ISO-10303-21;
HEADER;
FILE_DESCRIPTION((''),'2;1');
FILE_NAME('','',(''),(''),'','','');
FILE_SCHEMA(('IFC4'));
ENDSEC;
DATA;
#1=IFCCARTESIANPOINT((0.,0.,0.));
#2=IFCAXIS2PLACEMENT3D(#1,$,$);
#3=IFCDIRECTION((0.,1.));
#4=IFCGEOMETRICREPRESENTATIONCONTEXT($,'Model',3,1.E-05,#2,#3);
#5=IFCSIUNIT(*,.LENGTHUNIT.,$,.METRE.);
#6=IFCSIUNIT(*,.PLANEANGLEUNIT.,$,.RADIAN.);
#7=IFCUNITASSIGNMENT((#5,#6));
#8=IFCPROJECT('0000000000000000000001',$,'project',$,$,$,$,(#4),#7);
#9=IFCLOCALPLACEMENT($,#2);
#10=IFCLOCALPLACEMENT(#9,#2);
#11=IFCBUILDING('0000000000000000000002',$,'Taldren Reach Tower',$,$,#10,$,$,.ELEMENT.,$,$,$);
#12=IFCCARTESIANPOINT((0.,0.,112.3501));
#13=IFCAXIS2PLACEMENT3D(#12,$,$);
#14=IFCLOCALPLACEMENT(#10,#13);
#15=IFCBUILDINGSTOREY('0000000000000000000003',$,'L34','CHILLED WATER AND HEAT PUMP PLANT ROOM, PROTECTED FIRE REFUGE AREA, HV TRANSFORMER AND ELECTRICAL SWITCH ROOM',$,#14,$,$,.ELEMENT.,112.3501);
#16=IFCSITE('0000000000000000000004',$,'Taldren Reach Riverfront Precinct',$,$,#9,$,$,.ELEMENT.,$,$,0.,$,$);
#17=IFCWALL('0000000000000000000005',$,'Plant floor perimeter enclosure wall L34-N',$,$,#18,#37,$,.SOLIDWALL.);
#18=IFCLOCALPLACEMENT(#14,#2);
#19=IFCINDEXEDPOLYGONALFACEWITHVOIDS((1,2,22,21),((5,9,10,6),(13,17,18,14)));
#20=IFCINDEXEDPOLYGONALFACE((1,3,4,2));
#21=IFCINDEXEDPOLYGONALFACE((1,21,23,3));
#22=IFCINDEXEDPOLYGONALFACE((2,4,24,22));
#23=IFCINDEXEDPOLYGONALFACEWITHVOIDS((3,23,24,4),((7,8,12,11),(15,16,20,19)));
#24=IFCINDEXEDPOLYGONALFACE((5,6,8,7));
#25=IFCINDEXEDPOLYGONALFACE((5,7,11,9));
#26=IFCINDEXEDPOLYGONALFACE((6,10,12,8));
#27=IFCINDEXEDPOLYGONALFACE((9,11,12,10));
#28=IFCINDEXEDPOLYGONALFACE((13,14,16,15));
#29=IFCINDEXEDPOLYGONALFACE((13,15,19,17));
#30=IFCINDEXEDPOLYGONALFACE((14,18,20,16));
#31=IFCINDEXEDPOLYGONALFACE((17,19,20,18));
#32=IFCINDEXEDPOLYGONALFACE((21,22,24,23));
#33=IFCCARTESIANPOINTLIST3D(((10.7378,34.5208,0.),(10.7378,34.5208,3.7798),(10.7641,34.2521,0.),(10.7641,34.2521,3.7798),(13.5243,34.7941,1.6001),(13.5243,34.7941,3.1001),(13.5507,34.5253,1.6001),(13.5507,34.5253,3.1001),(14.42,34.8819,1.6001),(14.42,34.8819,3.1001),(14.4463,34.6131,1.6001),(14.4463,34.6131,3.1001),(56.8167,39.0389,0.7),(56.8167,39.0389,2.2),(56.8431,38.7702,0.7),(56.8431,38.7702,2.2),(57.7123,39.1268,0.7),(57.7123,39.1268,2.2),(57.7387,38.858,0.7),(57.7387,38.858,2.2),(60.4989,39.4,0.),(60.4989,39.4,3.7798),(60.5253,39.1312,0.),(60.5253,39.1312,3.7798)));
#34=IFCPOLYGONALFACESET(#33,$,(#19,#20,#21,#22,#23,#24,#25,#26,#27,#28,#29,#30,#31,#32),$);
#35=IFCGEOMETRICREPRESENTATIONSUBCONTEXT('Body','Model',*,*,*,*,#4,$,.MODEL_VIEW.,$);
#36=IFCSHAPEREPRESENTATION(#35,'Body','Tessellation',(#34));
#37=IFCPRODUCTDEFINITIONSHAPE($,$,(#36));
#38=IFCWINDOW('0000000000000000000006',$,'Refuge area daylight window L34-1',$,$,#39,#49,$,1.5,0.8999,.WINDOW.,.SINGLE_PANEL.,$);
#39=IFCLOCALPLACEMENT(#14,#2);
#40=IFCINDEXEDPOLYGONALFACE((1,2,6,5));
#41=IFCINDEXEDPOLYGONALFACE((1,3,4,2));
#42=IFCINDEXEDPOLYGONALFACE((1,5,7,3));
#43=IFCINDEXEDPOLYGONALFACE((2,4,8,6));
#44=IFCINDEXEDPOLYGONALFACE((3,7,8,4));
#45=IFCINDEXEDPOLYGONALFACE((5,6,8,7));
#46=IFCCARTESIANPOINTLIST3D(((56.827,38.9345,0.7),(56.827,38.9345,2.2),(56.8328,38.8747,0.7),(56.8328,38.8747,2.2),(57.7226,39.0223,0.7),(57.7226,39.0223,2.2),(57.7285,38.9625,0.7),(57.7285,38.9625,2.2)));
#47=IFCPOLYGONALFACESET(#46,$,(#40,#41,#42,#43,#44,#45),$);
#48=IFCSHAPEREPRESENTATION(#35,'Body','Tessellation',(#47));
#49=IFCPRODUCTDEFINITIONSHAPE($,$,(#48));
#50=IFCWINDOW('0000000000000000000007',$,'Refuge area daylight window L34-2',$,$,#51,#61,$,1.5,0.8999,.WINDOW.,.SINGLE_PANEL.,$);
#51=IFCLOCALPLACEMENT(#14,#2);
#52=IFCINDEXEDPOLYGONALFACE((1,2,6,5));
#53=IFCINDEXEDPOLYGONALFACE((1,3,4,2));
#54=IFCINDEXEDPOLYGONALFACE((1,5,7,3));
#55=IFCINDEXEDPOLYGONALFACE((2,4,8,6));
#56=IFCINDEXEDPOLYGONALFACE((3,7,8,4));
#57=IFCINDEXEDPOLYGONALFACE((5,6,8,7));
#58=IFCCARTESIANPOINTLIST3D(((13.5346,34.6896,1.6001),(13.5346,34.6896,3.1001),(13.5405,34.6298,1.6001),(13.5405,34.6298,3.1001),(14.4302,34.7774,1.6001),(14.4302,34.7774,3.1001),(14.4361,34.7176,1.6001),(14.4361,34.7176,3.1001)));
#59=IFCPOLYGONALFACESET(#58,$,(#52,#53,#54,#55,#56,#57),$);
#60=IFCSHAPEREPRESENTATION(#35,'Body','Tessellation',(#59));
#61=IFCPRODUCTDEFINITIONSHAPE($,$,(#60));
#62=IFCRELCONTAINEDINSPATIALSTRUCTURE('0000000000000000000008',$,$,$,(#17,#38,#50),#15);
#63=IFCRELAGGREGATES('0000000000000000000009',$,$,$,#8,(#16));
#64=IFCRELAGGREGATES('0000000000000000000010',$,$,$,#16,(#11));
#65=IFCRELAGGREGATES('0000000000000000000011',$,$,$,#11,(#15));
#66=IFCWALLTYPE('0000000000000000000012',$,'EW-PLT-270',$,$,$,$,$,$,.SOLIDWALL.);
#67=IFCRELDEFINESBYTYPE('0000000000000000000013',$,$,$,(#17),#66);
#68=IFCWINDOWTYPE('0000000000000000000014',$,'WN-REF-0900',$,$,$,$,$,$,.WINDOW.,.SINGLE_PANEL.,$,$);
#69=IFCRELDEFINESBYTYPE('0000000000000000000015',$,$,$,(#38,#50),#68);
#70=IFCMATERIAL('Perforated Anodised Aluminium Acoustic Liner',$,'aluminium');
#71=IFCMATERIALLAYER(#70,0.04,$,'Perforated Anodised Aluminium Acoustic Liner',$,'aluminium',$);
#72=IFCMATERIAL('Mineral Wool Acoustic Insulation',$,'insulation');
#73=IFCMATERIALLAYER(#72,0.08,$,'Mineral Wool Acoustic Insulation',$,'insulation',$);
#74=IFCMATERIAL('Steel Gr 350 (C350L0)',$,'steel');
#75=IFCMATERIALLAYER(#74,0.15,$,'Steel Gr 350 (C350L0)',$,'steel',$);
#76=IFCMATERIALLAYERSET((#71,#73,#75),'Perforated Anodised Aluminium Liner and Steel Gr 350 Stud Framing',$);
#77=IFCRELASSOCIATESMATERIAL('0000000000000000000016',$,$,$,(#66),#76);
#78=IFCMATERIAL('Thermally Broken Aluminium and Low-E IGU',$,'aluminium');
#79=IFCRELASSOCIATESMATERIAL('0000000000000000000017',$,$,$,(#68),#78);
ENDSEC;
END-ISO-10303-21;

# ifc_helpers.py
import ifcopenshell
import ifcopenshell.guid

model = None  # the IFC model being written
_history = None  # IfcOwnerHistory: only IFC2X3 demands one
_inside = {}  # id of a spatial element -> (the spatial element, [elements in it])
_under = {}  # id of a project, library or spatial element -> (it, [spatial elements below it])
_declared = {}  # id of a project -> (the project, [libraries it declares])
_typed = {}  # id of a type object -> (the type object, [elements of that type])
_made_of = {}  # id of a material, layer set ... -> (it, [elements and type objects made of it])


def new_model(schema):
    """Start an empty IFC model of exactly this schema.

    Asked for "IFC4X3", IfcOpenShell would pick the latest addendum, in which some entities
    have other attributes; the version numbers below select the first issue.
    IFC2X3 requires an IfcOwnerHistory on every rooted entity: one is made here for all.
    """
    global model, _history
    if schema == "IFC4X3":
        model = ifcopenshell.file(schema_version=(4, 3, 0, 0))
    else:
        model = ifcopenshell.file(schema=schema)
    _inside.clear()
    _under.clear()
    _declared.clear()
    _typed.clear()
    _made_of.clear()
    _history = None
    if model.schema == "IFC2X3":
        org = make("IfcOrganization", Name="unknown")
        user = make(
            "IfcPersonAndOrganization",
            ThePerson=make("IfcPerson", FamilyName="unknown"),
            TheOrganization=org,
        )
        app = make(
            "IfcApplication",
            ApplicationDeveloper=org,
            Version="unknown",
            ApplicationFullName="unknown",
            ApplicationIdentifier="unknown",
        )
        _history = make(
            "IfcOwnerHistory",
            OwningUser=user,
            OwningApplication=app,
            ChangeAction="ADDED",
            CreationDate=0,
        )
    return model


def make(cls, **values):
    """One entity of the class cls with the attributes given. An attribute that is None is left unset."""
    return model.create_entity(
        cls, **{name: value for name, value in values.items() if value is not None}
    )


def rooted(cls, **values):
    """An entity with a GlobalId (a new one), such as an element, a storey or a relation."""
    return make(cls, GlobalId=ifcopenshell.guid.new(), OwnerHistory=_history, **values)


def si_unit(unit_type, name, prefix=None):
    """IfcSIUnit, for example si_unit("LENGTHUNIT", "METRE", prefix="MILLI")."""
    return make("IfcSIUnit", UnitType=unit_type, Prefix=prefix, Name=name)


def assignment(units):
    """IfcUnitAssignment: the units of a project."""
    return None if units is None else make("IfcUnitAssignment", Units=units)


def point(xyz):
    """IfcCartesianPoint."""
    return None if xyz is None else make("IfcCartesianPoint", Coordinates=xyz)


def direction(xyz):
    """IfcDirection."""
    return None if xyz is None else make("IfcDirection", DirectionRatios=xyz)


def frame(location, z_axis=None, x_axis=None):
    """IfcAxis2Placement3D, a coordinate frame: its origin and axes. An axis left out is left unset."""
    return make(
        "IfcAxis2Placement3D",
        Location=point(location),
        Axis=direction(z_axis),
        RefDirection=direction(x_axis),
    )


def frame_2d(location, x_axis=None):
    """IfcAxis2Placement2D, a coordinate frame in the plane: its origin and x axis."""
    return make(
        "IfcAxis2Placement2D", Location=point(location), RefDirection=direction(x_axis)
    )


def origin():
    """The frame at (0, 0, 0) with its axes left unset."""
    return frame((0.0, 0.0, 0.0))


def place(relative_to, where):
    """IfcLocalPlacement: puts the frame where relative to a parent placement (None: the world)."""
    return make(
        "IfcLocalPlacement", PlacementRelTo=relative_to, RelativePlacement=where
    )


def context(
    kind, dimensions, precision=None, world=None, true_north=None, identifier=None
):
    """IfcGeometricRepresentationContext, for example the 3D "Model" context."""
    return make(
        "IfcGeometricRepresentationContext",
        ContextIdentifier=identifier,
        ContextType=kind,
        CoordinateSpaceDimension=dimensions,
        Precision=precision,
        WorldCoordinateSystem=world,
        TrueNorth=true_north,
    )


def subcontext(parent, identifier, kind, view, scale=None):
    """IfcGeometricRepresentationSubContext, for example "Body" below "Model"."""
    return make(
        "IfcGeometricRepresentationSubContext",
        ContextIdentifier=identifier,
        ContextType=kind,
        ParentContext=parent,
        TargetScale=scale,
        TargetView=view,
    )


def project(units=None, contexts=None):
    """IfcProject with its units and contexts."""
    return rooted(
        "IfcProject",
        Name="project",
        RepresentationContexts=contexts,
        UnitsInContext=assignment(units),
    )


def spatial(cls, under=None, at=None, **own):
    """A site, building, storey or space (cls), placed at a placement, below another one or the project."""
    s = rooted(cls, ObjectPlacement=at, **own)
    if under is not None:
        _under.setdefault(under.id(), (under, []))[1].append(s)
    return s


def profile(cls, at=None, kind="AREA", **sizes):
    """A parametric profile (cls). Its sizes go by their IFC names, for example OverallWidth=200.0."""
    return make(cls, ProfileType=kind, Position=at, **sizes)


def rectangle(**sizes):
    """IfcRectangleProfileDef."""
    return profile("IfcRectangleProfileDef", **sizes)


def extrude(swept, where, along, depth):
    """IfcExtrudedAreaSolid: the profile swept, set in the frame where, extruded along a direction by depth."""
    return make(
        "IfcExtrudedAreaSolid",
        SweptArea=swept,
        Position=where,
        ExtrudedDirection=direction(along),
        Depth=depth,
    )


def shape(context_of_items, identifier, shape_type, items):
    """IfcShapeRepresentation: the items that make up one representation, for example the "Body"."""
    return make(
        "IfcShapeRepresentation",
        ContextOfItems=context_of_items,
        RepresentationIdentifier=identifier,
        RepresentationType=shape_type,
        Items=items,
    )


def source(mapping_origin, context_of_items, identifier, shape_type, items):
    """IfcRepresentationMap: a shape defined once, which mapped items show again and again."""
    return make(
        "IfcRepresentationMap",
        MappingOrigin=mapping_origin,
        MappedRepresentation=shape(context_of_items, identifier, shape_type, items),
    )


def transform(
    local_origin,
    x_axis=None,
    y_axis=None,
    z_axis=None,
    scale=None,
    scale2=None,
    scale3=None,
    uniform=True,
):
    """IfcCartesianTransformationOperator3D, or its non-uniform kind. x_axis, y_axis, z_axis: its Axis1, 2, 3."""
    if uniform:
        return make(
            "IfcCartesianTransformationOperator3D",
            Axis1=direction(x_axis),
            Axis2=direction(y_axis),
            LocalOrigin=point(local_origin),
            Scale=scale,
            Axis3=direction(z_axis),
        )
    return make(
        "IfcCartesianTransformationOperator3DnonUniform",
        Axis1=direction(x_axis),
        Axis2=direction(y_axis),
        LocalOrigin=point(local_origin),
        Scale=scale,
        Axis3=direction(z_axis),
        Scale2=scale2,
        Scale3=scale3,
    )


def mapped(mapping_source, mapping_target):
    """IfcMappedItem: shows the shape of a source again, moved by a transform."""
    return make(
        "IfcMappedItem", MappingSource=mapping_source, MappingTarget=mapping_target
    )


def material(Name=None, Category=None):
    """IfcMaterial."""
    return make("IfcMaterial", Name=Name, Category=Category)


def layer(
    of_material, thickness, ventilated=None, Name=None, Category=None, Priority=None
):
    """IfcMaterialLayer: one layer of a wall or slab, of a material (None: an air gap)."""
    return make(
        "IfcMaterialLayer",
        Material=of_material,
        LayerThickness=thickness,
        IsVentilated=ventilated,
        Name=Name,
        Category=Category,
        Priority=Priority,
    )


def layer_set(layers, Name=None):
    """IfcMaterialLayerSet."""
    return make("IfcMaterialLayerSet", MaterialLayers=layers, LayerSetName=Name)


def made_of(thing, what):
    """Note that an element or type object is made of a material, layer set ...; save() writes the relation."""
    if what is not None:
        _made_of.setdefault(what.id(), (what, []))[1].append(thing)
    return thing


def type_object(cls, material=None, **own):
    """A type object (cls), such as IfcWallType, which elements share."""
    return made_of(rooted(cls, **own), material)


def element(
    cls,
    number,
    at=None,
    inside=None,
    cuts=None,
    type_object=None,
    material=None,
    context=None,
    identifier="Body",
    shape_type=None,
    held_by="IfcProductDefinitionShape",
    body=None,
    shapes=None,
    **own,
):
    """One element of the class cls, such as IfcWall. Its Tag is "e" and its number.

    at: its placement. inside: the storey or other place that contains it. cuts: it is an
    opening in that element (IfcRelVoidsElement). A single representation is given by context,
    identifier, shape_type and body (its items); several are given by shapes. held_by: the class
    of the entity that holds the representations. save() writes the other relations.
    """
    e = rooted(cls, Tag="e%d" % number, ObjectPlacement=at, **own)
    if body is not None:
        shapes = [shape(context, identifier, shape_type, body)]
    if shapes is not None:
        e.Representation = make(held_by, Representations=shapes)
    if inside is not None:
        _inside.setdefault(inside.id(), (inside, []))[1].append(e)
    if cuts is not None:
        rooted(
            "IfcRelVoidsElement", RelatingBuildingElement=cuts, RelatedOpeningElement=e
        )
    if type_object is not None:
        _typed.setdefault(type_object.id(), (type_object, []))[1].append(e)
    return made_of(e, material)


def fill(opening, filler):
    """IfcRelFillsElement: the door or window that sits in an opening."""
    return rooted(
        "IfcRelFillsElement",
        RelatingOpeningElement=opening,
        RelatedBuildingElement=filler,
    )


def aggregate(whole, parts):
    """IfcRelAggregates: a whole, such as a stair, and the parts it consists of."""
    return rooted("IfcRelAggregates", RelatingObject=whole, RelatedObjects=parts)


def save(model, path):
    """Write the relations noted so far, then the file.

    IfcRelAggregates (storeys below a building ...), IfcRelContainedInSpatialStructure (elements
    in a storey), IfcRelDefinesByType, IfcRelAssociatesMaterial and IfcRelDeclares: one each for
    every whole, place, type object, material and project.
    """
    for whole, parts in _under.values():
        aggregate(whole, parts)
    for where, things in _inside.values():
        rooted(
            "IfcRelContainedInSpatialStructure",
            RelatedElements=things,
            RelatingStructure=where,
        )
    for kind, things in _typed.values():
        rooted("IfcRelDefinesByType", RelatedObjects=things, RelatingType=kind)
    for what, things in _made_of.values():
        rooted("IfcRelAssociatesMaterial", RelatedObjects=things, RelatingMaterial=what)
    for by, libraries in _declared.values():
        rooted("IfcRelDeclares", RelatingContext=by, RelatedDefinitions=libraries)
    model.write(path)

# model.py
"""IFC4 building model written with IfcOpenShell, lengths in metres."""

from ifc_helpers import new_model, si_unit, direction, frame, frame_2d, origin, place, context, subcontext, project, spatial, rectangle, extrude, source, transform, mapped, material, layer, layer_set, type_object, element, fill, save


model = new_model("IFC4")

# Units and contexts
model_context = context("Model", 3, precision=1e-05, world=origin(), true_north=direction((0.0, 1.0)))
body_context = subcontext(model_context, "Body", "Model", "MODEL_VIEW")
ifc_project = project(units=[si_unit("LENGTHUNIT", "METRE"), si_unit("PLANEANGLEUNIT", "RADIAN")], contexts=[model_context])

# Site, building, storey
site_placement = place(None, origin())
site = spatial("IfcSite", under=ifc_project, at=site_placement, Name="Taldren Reach Riverfront Precinct", CompositionType="ELEMENT", RefElevation=0.0)
building_placement = place(site_placement, origin())
building = spatial("IfcBuilding", under=site, at=building_placement, Name="Taldren Reach Tower", CompositionType="ELEMENT")
storey_placement = place(building_placement, frame((0.0, 0.0, 112.3501)))
storey = spatial("IfcBuildingStorey", under=building, at=storey_placement, Name="L34", Description="CHILLED WATER AND HEAT PUMP PLANT ROOM, PROTECTED FIRE REFUGE AREA, HV TRANSFORMER AND ELECTRICAL SWITCH ROOM", CompositionType="ELEMENT", Elevation=112.3501)

# Shared definitions
ifc_material_1 = material(Name="Steel Gr 350 (C350L0)", Category="steel")

# Shared definitions
ifc_material_2 = material(Name="Mineral Wool Acoustic Insulation", Category="insulation")

# Wall, openings, windows
ifc_material_3 = material(Name="Perforated Anodised Aluminium Acoustic Liner", Category="aluminium")
ifc_layer_1 = layer(ifc_material_3, 0.04, Name="Perforated Anodised Aluminium Acoustic Liner", Category="aluminium")
ifc_layer_2 = layer(ifc_material_2, 0.08, Name="Mineral Wool Acoustic Insulation", Category="insulation")
ifc_layer_3 = layer(ifc_material_1, 0.15, Name="Steel Gr 350 (C350L0)", Category="steel")
ifc_layer_set_1 = layer_set([ifc_layer_1, ifc_layer_2, ifc_layer_3], Name="Perforated Anodised Aluminium Liner and Steel Gr 350 Stud Framing")
wall_type_1 = type_object("IfcWallType", Name="EW-PLT-270", PredefinedType="SOLIDWALL", material=ifc_layer_set_1)
shared_shape_1 = source(origin(), body_context, "Body", "SweptSolid", [
    extrude(rectangle(XDim=49.9998, YDim=0.27, at=frame_2d((25.0, 0.0))), origin(), (0.0, 0.0, 1.0), 3.7798),
])
wall_1_placement = place(storey_placement, frame((60.5122, 39.2656, 0.0), z_axis=(0.0, 0.0, 1.0), x_axis=(-0.995227, -0.097583, 0.0)))
wall_1 = element("IfcWall", 1, at=wall_1_placement, inside=storey, type_object=wall_type_1, Name="Plant floor perimeter enclosure wall L34-N", PredefinedType="SOLIDWALL", context=body_context, shape_type="MappedRepresentation", body=[
    mapped(shared_shape_1, transform((0.0, 0.0, 0.0), scale=1.0)),
])
shared_shape_2 = source(origin(), body_context, "Body", "SweptSolid", [
    extrude(rectangle(XDim=0.8999, YDim=1.5, at=frame_2d((0.45, 0.75))), frame((0.0, 0.145, 0.0), z_axis=(0.0, -1.0, 0.0), x_axis=(1.0, 0.0, 0.0)), (0.0, 0.0, 1.0), 0.29),
])
opening_1_placement = place(wall_1_placement, frame((2.8, 0.0, 0.7)))
opening_1 = element("IfcOpeningElement", 2, at=opening_1_placement, cuts=wall_1, PredefinedType="OPENING", context=body_context, shape_type="MappedRepresentation", body=[
    mapped(shared_shape_2, transform((0.0, 0.0, 0.0), scale=1.0)),
])
opening_2_placement = place(wall_1_placement, frame((46.3, 0.0, 1.6001)))
opening_2 = element("IfcOpeningElement", 3, at=opening_2_placement, cuts=wall_1, PredefinedType="OPENING", context=body_context, shape_type="MappedRepresentation", body=[
    mapped(shared_shape_2, transform((0.0, 0.0, 0.0), scale=1.0)),
])
ifc_material_4 = material(Name="Thermally Broken Aluminium and Low-E IGU", Category="aluminium")
window_type = type_object("IfcWindowType", Name="WN-REF-0900", PartitioningType="SINGLE_PANEL", PredefinedType="WINDOW", material=ifc_material_4)
shared_shape_3 = source(origin(), body_context, "Body", "SweptSolid", [
    extrude(rectangle(XDim=0.8999, YDim=1.5, at=frame_2d((0.45, 0.75))), frame((0.0, 0.03, 0.0), z_axis=(0.0, -1.0, 0.0), x_axis=(1.0, 0.0, 0.0)), (0.0, 0.0, 1.0), 0.0601),
])
window_1_placement = place(opening_1_placement, origin())
window_1 = element("IfcWindow", 4, at=window_1_placement, inside=storey, type_object=window_type, Name="Refuge area daylight window L34-1", OverallHeight=1.5, OverallWidth=0.8999, PartitioningType="SINGLE_PANEL", PredefinedType="WINDOW", context=body_context, shape_type="MappedRepresentation", body=[
    mapped(shared_shape_3, transform((0.0, 0.0, 0.0), scale=1.0)),
])
fill(opening_1, window_1)
window_2_placement = place(opening_2_placement, origin())
window_2 = element("IfcWindow", 5, at=window_2_placement, inside=storey, type_object=window_type, Name="Refuge area daylight window L34-2", OverallHeight=1.5, OverallWidth=0.8999, PartitioningType="SINGLE_PANEL", PredefinedType="WINDOW", context=body_context, shape_type="MappedRepresentation", body=[
    mapped(shared_shape_3, transform((0.0, 0.0, 0.0), scale=1.0)),
])
fill(opening_2, window_2)

save(model, "model.ifc")
